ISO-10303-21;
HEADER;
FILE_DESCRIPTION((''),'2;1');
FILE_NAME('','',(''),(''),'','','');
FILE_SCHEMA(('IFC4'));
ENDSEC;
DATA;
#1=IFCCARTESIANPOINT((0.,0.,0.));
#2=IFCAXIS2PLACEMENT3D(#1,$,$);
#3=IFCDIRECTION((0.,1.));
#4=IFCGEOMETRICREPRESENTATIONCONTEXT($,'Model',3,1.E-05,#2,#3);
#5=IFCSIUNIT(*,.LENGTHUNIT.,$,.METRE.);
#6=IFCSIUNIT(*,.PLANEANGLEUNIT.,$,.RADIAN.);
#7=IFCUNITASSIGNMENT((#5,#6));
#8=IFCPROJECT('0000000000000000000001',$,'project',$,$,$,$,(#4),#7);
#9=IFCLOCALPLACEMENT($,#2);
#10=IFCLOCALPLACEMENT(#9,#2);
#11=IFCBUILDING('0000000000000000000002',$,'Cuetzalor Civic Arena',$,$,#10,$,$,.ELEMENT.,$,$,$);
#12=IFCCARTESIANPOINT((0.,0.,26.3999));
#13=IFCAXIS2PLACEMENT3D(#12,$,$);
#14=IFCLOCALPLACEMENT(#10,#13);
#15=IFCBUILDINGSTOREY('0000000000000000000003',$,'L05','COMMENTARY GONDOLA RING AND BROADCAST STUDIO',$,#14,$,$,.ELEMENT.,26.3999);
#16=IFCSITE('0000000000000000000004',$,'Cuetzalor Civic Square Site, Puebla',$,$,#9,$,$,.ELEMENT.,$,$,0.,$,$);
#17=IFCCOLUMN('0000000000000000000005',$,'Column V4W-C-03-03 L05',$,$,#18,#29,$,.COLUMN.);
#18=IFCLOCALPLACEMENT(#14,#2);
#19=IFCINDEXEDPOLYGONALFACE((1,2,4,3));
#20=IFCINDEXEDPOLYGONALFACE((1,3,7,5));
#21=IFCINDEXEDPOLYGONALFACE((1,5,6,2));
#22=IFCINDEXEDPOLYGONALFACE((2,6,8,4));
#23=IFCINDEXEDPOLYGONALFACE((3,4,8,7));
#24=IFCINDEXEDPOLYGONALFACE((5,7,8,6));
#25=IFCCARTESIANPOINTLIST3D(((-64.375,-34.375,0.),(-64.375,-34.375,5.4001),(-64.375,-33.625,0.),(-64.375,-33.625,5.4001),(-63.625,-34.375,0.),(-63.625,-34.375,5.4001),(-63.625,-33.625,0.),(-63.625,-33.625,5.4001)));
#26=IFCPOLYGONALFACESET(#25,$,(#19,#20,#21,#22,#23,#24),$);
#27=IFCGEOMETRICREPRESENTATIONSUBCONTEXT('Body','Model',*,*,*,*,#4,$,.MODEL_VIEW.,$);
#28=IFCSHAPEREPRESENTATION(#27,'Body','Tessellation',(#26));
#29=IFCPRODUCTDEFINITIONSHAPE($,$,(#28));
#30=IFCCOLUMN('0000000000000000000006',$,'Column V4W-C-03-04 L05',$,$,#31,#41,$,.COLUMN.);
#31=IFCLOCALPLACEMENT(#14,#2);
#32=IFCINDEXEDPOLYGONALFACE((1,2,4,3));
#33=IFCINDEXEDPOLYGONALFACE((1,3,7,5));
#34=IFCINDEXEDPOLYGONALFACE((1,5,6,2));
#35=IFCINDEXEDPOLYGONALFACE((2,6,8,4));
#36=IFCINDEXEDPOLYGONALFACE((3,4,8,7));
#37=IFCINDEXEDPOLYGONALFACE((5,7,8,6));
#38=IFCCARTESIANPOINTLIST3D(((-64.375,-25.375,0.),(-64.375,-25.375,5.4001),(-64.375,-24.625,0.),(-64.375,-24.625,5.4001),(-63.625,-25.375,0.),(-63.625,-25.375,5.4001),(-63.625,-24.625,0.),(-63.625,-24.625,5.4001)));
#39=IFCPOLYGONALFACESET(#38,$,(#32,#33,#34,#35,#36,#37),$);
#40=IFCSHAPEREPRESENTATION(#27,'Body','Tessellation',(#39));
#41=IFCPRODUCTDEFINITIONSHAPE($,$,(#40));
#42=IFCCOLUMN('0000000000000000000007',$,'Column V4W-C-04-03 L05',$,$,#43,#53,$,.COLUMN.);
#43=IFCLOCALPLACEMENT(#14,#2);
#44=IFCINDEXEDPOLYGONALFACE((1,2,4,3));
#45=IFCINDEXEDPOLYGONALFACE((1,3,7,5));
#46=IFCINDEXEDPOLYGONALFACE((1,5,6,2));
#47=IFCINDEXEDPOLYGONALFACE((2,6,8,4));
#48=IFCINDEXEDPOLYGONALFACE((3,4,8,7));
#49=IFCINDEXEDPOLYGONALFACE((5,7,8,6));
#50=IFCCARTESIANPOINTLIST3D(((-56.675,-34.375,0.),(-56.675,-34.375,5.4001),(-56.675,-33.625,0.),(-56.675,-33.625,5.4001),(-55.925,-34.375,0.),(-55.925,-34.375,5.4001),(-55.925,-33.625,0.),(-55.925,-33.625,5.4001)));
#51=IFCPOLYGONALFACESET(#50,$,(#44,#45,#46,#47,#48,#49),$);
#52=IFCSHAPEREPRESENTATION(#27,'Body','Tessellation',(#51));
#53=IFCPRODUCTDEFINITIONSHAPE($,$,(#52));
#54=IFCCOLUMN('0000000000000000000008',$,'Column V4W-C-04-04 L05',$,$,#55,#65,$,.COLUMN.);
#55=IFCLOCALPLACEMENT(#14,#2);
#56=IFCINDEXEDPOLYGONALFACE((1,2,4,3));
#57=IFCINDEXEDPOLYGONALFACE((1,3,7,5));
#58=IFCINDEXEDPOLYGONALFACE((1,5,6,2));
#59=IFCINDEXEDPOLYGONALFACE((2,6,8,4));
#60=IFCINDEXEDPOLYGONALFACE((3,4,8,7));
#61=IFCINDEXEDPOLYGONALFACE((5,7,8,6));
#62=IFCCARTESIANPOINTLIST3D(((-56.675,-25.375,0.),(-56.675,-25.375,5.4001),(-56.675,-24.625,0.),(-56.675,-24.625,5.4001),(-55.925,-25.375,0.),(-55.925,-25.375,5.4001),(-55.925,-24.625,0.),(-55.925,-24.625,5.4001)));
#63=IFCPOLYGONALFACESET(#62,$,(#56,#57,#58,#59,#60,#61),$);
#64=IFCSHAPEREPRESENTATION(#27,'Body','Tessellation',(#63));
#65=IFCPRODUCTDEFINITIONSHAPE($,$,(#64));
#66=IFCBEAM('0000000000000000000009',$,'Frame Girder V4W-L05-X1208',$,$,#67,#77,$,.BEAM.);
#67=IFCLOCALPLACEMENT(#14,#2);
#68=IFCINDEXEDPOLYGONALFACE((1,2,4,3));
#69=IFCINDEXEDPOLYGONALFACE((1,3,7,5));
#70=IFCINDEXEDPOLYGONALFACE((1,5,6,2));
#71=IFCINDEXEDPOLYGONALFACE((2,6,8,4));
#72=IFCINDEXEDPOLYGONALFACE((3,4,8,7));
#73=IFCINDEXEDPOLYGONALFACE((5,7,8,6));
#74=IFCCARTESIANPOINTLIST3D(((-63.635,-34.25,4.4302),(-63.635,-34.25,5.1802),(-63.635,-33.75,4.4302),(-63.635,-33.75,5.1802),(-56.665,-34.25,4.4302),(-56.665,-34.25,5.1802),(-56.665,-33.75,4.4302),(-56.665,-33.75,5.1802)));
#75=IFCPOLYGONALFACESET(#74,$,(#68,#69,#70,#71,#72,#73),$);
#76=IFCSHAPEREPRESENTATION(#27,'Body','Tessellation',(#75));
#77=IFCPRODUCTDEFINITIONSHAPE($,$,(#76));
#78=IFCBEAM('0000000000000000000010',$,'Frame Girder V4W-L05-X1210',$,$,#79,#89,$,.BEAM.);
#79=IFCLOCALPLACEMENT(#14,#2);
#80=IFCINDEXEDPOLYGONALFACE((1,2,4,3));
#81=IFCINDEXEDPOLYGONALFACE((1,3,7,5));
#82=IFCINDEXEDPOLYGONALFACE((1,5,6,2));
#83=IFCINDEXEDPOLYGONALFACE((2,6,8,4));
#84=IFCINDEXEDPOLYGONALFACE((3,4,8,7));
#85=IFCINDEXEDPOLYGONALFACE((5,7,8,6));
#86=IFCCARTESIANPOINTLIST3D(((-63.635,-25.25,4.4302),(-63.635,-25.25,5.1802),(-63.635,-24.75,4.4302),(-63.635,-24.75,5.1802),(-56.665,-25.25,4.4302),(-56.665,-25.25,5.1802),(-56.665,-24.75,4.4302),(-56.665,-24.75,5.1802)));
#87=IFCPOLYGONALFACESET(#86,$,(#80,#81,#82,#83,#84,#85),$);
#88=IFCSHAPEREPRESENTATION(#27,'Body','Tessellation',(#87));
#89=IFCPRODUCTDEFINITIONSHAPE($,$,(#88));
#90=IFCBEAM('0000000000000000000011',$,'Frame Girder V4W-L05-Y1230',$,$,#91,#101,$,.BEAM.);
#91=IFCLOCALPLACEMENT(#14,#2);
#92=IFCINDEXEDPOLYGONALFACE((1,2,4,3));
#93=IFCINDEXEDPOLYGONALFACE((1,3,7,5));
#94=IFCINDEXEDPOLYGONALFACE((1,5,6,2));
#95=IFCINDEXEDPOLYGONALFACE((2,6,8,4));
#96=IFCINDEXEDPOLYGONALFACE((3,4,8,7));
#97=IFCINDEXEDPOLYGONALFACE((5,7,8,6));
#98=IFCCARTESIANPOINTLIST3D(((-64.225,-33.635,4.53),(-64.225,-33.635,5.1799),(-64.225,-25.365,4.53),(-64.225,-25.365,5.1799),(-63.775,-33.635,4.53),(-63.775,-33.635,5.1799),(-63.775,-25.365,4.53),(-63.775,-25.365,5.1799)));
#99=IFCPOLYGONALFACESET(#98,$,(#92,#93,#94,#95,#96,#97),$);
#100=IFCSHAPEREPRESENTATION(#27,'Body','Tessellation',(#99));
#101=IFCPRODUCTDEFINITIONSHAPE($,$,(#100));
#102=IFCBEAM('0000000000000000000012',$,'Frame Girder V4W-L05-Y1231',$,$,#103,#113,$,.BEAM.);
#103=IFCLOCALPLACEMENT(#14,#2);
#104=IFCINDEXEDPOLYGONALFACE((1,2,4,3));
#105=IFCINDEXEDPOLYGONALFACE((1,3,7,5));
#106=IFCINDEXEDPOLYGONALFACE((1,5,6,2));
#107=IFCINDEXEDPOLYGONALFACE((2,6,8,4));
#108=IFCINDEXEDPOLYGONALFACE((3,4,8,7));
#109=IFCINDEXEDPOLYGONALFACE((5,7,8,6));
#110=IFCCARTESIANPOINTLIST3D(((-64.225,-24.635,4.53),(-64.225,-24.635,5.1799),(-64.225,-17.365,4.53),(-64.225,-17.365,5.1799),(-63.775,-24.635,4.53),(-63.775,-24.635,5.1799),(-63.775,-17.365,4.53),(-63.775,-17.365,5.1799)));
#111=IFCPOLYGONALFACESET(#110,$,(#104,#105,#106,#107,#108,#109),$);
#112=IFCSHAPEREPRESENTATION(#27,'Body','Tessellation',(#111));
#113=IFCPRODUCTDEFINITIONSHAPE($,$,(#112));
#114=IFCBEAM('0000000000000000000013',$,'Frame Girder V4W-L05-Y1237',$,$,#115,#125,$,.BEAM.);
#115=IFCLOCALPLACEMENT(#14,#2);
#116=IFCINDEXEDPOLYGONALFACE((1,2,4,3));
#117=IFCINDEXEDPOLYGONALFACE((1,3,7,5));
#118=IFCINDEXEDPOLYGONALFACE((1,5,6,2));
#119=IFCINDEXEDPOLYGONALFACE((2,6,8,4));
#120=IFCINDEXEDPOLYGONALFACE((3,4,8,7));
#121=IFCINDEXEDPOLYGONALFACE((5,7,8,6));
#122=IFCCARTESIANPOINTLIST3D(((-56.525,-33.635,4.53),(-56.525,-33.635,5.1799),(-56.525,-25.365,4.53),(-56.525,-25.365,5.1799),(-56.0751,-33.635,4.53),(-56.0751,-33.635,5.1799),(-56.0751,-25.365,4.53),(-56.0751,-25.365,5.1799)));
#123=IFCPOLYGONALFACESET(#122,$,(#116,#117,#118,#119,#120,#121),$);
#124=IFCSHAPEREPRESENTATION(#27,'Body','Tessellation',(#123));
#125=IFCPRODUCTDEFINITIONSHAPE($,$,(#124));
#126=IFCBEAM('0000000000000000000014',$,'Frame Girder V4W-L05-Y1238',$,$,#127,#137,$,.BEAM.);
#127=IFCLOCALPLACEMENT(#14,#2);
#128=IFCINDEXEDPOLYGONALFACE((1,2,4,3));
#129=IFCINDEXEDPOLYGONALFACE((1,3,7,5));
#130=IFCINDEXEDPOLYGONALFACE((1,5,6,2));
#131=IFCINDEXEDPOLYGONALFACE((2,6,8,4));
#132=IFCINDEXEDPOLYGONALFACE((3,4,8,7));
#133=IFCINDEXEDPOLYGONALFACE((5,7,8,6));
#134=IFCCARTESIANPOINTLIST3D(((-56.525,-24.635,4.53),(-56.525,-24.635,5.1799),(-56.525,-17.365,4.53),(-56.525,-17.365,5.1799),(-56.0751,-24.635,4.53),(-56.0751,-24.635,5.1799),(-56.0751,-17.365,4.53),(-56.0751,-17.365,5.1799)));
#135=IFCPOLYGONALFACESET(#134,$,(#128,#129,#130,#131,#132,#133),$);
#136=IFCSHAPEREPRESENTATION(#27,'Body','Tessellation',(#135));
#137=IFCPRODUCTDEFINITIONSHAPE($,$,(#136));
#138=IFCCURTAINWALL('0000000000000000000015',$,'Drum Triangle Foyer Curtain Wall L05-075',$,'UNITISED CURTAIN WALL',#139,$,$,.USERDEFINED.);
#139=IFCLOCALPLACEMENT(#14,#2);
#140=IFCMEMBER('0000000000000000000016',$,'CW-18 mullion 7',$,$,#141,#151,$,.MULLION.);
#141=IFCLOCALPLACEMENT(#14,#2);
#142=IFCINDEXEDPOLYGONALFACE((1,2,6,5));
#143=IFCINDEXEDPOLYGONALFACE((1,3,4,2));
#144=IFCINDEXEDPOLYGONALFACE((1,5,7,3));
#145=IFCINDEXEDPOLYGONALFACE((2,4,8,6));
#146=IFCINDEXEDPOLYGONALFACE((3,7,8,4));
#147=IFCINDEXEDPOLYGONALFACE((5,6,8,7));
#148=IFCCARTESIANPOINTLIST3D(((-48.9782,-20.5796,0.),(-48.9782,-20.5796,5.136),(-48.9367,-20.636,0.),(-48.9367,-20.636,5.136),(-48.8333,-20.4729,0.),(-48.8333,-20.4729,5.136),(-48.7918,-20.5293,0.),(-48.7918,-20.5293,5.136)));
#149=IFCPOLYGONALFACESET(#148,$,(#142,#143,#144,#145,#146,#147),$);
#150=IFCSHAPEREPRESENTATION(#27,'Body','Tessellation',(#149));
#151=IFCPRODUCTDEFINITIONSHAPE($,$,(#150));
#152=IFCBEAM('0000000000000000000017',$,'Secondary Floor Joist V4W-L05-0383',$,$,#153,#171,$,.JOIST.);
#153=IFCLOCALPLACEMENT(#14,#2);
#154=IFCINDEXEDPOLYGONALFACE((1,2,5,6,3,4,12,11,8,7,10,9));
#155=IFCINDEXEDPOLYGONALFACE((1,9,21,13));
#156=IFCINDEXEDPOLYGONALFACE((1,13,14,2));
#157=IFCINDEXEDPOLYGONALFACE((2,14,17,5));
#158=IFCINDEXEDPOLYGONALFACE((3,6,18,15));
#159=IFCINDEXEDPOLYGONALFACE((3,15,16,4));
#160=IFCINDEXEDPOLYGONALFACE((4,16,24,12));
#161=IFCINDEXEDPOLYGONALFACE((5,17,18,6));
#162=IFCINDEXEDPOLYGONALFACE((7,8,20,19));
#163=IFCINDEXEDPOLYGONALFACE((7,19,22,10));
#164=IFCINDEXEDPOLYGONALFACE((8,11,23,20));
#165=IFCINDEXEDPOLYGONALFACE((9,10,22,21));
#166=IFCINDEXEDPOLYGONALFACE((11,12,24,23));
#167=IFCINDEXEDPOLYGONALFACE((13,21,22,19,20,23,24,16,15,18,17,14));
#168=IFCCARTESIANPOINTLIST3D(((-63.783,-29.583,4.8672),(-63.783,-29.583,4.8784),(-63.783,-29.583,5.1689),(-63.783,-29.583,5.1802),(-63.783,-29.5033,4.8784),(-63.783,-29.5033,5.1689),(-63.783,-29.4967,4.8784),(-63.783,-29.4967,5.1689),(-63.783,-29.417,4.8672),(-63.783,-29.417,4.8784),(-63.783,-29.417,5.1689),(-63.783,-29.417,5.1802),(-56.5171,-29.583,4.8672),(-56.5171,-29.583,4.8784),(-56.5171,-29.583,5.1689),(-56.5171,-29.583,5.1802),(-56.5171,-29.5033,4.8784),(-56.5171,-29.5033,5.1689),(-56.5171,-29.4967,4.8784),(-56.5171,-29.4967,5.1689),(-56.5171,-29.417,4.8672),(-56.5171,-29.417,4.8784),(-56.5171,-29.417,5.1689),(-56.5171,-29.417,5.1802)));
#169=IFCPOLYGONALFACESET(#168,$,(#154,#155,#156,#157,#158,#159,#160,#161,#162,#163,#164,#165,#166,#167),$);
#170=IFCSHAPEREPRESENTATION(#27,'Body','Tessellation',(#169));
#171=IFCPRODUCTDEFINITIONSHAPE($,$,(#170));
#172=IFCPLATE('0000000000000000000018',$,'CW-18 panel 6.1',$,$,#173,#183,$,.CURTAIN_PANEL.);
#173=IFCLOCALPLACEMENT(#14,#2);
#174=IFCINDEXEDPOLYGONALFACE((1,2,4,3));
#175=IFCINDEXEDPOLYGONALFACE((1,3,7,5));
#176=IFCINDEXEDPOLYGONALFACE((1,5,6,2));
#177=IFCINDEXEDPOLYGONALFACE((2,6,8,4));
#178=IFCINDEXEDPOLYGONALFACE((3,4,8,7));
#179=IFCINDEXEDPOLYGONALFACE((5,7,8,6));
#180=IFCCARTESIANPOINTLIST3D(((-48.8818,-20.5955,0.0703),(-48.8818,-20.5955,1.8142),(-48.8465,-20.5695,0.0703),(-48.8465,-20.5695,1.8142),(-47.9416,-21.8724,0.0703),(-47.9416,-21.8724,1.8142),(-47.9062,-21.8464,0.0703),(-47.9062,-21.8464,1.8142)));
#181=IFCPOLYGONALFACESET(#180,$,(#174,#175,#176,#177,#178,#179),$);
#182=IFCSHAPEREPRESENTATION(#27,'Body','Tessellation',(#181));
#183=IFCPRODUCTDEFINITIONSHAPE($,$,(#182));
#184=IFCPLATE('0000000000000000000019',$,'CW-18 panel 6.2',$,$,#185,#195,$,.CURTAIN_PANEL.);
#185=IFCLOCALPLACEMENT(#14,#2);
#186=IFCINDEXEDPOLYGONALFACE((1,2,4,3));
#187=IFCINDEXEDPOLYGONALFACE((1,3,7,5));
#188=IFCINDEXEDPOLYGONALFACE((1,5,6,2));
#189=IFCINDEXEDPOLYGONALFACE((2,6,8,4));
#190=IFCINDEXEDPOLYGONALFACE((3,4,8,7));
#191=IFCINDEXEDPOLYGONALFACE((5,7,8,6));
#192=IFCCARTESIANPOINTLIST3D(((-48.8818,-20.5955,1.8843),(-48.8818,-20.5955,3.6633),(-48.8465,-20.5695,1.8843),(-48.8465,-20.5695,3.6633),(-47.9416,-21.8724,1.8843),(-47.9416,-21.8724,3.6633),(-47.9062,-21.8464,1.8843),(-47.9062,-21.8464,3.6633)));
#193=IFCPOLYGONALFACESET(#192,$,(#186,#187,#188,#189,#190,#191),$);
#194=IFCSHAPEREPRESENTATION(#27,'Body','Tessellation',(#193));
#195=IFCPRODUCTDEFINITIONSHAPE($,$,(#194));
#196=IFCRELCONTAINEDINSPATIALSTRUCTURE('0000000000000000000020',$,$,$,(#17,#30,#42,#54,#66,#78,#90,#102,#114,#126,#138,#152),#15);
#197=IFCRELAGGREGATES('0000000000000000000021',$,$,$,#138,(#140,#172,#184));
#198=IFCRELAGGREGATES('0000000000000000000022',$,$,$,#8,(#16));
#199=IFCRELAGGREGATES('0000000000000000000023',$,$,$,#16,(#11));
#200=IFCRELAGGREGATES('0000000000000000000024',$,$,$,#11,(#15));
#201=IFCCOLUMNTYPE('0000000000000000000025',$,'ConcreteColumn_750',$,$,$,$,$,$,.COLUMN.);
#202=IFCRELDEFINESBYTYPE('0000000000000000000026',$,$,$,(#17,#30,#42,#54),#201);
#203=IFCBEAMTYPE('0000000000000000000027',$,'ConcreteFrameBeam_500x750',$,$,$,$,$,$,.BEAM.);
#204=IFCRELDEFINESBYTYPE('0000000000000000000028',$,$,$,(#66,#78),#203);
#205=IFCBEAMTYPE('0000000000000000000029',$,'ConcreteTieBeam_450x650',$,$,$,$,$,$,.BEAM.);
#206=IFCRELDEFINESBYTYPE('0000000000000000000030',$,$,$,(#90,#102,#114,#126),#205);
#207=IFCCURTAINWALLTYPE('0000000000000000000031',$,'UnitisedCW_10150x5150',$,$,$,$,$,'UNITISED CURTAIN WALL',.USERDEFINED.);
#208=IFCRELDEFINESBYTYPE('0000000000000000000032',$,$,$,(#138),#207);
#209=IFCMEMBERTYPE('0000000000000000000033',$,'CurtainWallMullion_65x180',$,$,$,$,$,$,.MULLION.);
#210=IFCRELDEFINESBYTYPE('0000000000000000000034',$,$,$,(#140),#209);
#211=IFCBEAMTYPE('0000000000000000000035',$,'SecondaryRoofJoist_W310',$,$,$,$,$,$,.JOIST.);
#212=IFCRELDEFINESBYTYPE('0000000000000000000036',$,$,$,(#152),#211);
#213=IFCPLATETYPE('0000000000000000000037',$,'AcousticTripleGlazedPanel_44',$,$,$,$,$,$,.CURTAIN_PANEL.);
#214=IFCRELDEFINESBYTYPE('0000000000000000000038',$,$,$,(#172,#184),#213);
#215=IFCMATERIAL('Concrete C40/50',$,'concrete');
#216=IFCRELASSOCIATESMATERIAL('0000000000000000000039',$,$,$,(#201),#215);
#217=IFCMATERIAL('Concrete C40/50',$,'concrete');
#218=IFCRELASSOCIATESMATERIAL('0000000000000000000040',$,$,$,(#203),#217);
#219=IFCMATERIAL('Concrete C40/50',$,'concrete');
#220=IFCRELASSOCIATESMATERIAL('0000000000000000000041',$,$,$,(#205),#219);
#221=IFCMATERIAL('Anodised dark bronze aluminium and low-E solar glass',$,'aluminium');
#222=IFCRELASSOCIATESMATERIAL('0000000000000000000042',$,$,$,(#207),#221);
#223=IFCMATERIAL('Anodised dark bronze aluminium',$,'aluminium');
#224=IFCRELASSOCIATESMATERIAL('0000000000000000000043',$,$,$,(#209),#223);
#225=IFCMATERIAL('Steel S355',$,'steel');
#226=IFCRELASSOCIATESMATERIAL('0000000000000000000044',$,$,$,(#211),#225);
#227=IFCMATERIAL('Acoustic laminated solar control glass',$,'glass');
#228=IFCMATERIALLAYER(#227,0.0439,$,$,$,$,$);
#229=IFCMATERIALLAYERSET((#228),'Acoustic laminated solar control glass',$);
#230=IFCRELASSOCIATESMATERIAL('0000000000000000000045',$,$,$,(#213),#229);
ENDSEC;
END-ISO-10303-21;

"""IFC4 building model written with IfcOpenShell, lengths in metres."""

from ifc_helpers import new_model, si_unit, direction, frame, origin, origin_2d, place, context, subcontext, project, spatial, rectangle, i_section, extrude, material, layer, layer_set, material_profile, profile_set, type_object, element, aggregate, save


model = new_model("IFC4")

# Units and contexts
model_context = context("Model", 3, precision=1e-05, world=origin(), true_north=direction((0.0, 1.0)))
body_context = subcontext(model_context, "Body", "Model", "MODEL_VIEW")
ifc_project = project(units=[si_unit("LENGTHUNIT", "METRE"), si_unit("PLANEANGLEUNIT", "RADIAN")], contexts=[model_context])

# Site, building, storey
site_placement = place(None, origin())
site = spatial("IfcSite", under=ifc_project, at=site_placement, Name="Cuetzalor Civic Square Site, Puebla", CompositionType="ELEMENT", RefElevation=0.0)
building_placement = place(site_placement, origin())
building = spatial("IfcBuilding", under=site, at=building_placement, Name="Cuetzalor Civic Arena", CompositionType="ELEMENT")
storey_placement = place(building_placement, frame((0.0, 0.0, 26.3999)))
storey = spatial("IfcBuildingStorey", under=building, at=storey_placement, Name="L05", Description="COMMENTARY GONDOLA RING AND BROADCAST STUDIO", CompositionType="ELEMENT", Elevation=26.3999)

# Columns
ifc_material_1 = material(Name="Concrete C40/50", Category="concrete")
ifc_material_profile_1 = material_profile(ifc_material_1, rectangle(XDim=0.75, YDim=0.75, at=origin_2d()), Name="RC 750x750")
ifc_profile_set_1 = profile_set([ifc_material_profile_1], Name="Concrete C40/50")
column_type = type_object("IfcColumnType", Name="ConcreteColumn_750", PredefinedType="COLUMN", material=ifc_profile_set_1)
for number, where, z_axis, x_axis, name in (
    (1, (-64.0, -34.0, 0.0), (0.0, 0.0, 1.0), (1.0, 0.0, 0.0), "Column V4W-C-03-03 L05"),
    (2, (-64.0, -25.0, 0.0), (0.0, 0.0, 1.0), (1.0, 0.0, 0.0), "Column V4W-C-03-04 L05"),
    (3, (-56.3, -34.0, 0.0), (0.0, 0.0, 1.0), (1.0, 0.0, 0.0), "Column V4W-C-04-03 L05"),
    (4, (-56.3, -25.0, 0.0), (0.0, 0.0, 1.0), (1.0, 0.0, 0.0), "Column V4W-C-04-04 L05"),
):
    element("IfcColumn", number, at=place(storey_placement, frame(where, z_axis=z_axis, x_axis=x_axis)), inside=storey, type_object=column_type, Name=name, PredefinedType="COLUMN", context=body_context, shape_type="SweptSolid", body=[
        extrude(rectangle(XDim=0.75, YDim=0.75, at=origin_2d()), origin(), (0.0, 0.0, 1.0), 5.4001),
    ])

# Beams
ifc_material_2 = material(Name="Concrete C40/50", Category="concrete")
ifc_material_profile_2 = material_profile(ifc_material_2, rectangle(XDim=0.5, YDim=0.75, at=origin_2d()), Name="RC 500x750")
ifc_profile_set_2 = profile_set([ifc_material_profile_2], Name="Concrete C40/50")
beam_type_1 = type_object("IfcBeamType", Name="ConcreteFrameBeam_500x750", PredefinedType="BEAM", material=ifc_profile_set_2)
for number, where, z_axis, x_axis, name in (
    (5, (-63.635, -34.0, 4.8052), (1.0, 0.0, 0.0), (0.0, 1.0, 0.0), "Frame Girder V4W-L05-X1208"),
    (6, (-63.635, -25.0, 4.8052), (1.0, 0.0, 0.0), (0.0, 1.0, 0.0), "Frame Girder V4W-L05-X1210"),
):
    element("IfcBeam", number, at=place(storey_placement, frame(where, z_axis=z_axis, x_axis=x_axis)), inside=storey, type_object=beam_type_1, Name=name, PredefinedType="BEAM", context=body_context, shape_type="SweptSolid", body=[
        extrude(rectangle(XDim=0.5, YDim=0.75, at=origin_2d()), origin(), (0.0, 0.0, 1.0), 6.97),
    ])
ifc_material_3 = material(Name="Concrete C40/50", Category="concrete")
ifc_material_profile_3 = material_profile(ifc_material_3, rectangle(XDim=0.45, YDim=0.6499, at=origin_2d()), Name="RC 450x650")
ifc_profile_set_3 = profile_set([ifc_material_profile_3], Name="Concrete C40/50")
beam_type_2 = type_object("IfcBeamType", Name="ConcreteTieBeam_450x650", PredefinedType="BEAM", material=ifc_profile_set_3)
beam_1_placement = place(storey_placement, frame((-64.0, -33.635, 4.855), z_axis=(0.0, 1.0, 0.0), x_axis=(-1.0, 0.0, 0.0)))
element("IfcBeam", 7, at=beam_1_placement, inside=storey, type_object=beam_type_2, Name="Frame Girder V4W-L05-Y1230", PredefinedType="BEAM", context=body_context, shape_type="SweptSolid", body=[
    extrude(rectangle(XDim=0.45, YDim=0.6499, at=origin_2d()), origin(), (0.0, 0.0, 1.0), 8.27),
])
beam_2_placement = place(storey_placement, frame((-64.0, -24.635, 4.855), z_axis=(0.0, 1.0, 0.0), x_axis=(-1.0, 0.0, 0.0)))
element("IfcBeam", 8, at=beam_2_placement, inside=storey, type_object=beam_type_2, Name="Frame Girder V4W-L05-Y1231", PredefinedType="BEAM", context=body_context, shape_type="SweptSolid", body=[
    extrude(rectangle(XDim=0.45, YDim=0.6499, at=origin_2d()), origin(), (0.0, 0.0, 1.0), 7.27),
])
beam_3_placement = place(storey_placement, frame((-56.3, -33.635, 4.855), z_axis=(0.0, 1.0, 0.0), x_axis=(-1.0, 0.0, 0.0)))
element("IfcBeam", 9, at=beam_3_placement, inside=storey, type_object=beam_type_2, Name="Frame Girder V4W-L05-Y1237", PredefinedType="BEAM", context=body_context, shape_type="SweptSolid", body=[
    extrude(rectangle(XDim=0.45, YDim=0.6499, at=origin_2d()), origin(), (0.0, 0.0, 1.0), 8.27),
])
beam_4_placement = place(storey_placement, frame((-56.3, -24.635, 4.855), z_axis=(0.0, 1.0, 0.0), x_axis=(-1.0, 0.0, 0.0)))
element("IfcBeam", 10, at=beam_4_placement, inside=storey, type_object=beam_type_2, Name="Frame Girder V4W-L05-Y1238", PredefinedType="BEAM", context=body_context, shape_type="SweptSolid", body=[
    extrude(rectangle(XDim=0.45, YDim=0.6499, at=origin_2d()), origin(), (0.0, 0.0, 1.0), 7.27),
])

# Curtain wall, member
ifc_material_4 = material(Name="Anodised dark bronze aluminium and low-E solar glass", Category="aluminium")
curtain_wall_type = type_object("IfcCurtainWallType", Name="UnitisedCW_10150x5150", ElementType="UNITISED CURTAIN WALL", PredefinedType="USERDEFINED", material=ifc_material_4)
curtain_wall_placement = place(storey_placement, origin())
curtain_wall = element("IfcCurtainWall", 11, at=curtain_wall_placement, inside=storey, type_object=curtain_wall_type, Name="Drum Triangle Foyer Curtain Wall L05-075", ObjectType="UNITISED CURTAIN WALL", PredefinedType="USERDEFINED")
ifc_material_5 = material(Name="Anodised dark bronze aluminium", Category="aluminium")
ifc_material_profile_4 = material_profile(ifc_material_5, rectangle(XDim=0.0701, YDim=0.1799, at=origin_2d()), Name="ALU MULLION 70x180")
ifc_profile_set_4 = profile_set([ifc_material_profile_4], Name="Anodised dark bronze aluminium")
member_type = type_object("IfcMemberType", Name="CurtainWallMullion_65x180", PredefinedType="MULLION", material=ifc_profile_set_4)
member_placement = place(storey_placement, frame((-48.885, -20.5544, 0.0), z_axis=(0.0, 0.0, 1.0), x_axis=(-0.592929, 0.805255, 0.0)))
member = element("IfcMember", 12, at=member_placement, type_object=member_type, Name="CW-18 mullion 7", PredefinedType="MULLION", context=body_context, shape_type="SweptSolid", body=[
    extrude(rectangle(XDim=0.0701, YDim=0.1799, at=origin_2d()), origin(), (0.0, 0.0, 1.0), 5.136),
])

# Beam
ifc_material_6 = material(Name="Steel S355", Category="steel")
ifc_material_profile_5 = material_profile(ifc_material_6, i_section(OverallWidth=0.166, OverallDepth=0.313, WebThickness=0.0066, FlangeThickness=0.0112, at=origin_2d()), Name="W310x45")
ifc_profile_set_5 = profile_set([ifc_material_profile_5], Name="Steel S355")
beam_type_3 = type_object("IfcBeamType", Name="SecondaryRoofJoist_W310", PredefinedType="JOIST", material=ifc_profile_set_5)
beam_5_placement = place(storey_placement, frame((-63.783, -29.5, 5.0237), z_axis=(1.0, 0.0, 0.0), x_axis=(0.0, 1.0, 0.0)))
element("IfcBeam", 13, at=beam_5_placement, inside=storey, type_object=beam_type_3, Name="Secondary Floor Joist V4W-L05-0383", PredefinedType="JOIST", context=body_context, shape_type="SweptSolid", body=[
    extrude(i_section(OverallWidth=0.166, OverallDepth=0.313, WebThickness=0.0066, FlangeThickness=0.0112, at=origin_2d()), origin(), (0.0, 0.0, 1.0), 7.2659),
])

# Plates
ifc_material_7 = material(Name="Acoustic laminated solar control glass", Category="glass")
ifc_layer_1 = layer(ifc_material_7, 0.0439)
ifc_layer_set_1 = layer_set([ifc_layer_1], Name="Acoustic laminated solar control glass")
plate_type = type_object("IfcPlateType", Name="AcousticTripleGlazedPanel_44", PredefinedType="CURTAIN_PANEL", material=ifc_layer_set_1)
plate_1_placement = place(storey_placement, frame((-48.394, -21.2209, 0.0703), z_axis=(0.0, 0.0, 1.0), x_axis=(-0.592929, 0.805255, 0.0)))
plate_1 = element("IfcPlate", 14, at=plate_1_placement, type_object=plate_type, Name="CW-18 panel 6.1", PredefinedType="CURTAIN_PANEL", context=body_context, shape_type="SweptSolid", body=[
    extrude(rectangle(XDim=1.5857, YDim=0.0439, at=origin_2d()), origin(), (0.0, 0.0, 1.0), 1.7439),
])
plate_2_placement = place(storey_placement, frame((-48.394, -21.2209, 1.8843), z_axis=(0.0, 0.0, 1.0), x_axis=(-0.592929, 0.805255, 0.0)))
plate_2 = element("IfcPlate", 15, at=plate_2_placement, type_object=plate_type, Name="CW-18 panel 6.2", PredefinedType="CURTAIN_PANEL", context=body_context, shape_type="SweptSolid", body=[
    extrude(rectangle(XDim=1.5857, YDim=0.0439, at=origin_2d()), origin(), (0.0, 0.0, 1.0), 1.7791),
])
aggregate(curtain_wall, [member, plate_1, plate_2])

save(model, "model.ifc")
